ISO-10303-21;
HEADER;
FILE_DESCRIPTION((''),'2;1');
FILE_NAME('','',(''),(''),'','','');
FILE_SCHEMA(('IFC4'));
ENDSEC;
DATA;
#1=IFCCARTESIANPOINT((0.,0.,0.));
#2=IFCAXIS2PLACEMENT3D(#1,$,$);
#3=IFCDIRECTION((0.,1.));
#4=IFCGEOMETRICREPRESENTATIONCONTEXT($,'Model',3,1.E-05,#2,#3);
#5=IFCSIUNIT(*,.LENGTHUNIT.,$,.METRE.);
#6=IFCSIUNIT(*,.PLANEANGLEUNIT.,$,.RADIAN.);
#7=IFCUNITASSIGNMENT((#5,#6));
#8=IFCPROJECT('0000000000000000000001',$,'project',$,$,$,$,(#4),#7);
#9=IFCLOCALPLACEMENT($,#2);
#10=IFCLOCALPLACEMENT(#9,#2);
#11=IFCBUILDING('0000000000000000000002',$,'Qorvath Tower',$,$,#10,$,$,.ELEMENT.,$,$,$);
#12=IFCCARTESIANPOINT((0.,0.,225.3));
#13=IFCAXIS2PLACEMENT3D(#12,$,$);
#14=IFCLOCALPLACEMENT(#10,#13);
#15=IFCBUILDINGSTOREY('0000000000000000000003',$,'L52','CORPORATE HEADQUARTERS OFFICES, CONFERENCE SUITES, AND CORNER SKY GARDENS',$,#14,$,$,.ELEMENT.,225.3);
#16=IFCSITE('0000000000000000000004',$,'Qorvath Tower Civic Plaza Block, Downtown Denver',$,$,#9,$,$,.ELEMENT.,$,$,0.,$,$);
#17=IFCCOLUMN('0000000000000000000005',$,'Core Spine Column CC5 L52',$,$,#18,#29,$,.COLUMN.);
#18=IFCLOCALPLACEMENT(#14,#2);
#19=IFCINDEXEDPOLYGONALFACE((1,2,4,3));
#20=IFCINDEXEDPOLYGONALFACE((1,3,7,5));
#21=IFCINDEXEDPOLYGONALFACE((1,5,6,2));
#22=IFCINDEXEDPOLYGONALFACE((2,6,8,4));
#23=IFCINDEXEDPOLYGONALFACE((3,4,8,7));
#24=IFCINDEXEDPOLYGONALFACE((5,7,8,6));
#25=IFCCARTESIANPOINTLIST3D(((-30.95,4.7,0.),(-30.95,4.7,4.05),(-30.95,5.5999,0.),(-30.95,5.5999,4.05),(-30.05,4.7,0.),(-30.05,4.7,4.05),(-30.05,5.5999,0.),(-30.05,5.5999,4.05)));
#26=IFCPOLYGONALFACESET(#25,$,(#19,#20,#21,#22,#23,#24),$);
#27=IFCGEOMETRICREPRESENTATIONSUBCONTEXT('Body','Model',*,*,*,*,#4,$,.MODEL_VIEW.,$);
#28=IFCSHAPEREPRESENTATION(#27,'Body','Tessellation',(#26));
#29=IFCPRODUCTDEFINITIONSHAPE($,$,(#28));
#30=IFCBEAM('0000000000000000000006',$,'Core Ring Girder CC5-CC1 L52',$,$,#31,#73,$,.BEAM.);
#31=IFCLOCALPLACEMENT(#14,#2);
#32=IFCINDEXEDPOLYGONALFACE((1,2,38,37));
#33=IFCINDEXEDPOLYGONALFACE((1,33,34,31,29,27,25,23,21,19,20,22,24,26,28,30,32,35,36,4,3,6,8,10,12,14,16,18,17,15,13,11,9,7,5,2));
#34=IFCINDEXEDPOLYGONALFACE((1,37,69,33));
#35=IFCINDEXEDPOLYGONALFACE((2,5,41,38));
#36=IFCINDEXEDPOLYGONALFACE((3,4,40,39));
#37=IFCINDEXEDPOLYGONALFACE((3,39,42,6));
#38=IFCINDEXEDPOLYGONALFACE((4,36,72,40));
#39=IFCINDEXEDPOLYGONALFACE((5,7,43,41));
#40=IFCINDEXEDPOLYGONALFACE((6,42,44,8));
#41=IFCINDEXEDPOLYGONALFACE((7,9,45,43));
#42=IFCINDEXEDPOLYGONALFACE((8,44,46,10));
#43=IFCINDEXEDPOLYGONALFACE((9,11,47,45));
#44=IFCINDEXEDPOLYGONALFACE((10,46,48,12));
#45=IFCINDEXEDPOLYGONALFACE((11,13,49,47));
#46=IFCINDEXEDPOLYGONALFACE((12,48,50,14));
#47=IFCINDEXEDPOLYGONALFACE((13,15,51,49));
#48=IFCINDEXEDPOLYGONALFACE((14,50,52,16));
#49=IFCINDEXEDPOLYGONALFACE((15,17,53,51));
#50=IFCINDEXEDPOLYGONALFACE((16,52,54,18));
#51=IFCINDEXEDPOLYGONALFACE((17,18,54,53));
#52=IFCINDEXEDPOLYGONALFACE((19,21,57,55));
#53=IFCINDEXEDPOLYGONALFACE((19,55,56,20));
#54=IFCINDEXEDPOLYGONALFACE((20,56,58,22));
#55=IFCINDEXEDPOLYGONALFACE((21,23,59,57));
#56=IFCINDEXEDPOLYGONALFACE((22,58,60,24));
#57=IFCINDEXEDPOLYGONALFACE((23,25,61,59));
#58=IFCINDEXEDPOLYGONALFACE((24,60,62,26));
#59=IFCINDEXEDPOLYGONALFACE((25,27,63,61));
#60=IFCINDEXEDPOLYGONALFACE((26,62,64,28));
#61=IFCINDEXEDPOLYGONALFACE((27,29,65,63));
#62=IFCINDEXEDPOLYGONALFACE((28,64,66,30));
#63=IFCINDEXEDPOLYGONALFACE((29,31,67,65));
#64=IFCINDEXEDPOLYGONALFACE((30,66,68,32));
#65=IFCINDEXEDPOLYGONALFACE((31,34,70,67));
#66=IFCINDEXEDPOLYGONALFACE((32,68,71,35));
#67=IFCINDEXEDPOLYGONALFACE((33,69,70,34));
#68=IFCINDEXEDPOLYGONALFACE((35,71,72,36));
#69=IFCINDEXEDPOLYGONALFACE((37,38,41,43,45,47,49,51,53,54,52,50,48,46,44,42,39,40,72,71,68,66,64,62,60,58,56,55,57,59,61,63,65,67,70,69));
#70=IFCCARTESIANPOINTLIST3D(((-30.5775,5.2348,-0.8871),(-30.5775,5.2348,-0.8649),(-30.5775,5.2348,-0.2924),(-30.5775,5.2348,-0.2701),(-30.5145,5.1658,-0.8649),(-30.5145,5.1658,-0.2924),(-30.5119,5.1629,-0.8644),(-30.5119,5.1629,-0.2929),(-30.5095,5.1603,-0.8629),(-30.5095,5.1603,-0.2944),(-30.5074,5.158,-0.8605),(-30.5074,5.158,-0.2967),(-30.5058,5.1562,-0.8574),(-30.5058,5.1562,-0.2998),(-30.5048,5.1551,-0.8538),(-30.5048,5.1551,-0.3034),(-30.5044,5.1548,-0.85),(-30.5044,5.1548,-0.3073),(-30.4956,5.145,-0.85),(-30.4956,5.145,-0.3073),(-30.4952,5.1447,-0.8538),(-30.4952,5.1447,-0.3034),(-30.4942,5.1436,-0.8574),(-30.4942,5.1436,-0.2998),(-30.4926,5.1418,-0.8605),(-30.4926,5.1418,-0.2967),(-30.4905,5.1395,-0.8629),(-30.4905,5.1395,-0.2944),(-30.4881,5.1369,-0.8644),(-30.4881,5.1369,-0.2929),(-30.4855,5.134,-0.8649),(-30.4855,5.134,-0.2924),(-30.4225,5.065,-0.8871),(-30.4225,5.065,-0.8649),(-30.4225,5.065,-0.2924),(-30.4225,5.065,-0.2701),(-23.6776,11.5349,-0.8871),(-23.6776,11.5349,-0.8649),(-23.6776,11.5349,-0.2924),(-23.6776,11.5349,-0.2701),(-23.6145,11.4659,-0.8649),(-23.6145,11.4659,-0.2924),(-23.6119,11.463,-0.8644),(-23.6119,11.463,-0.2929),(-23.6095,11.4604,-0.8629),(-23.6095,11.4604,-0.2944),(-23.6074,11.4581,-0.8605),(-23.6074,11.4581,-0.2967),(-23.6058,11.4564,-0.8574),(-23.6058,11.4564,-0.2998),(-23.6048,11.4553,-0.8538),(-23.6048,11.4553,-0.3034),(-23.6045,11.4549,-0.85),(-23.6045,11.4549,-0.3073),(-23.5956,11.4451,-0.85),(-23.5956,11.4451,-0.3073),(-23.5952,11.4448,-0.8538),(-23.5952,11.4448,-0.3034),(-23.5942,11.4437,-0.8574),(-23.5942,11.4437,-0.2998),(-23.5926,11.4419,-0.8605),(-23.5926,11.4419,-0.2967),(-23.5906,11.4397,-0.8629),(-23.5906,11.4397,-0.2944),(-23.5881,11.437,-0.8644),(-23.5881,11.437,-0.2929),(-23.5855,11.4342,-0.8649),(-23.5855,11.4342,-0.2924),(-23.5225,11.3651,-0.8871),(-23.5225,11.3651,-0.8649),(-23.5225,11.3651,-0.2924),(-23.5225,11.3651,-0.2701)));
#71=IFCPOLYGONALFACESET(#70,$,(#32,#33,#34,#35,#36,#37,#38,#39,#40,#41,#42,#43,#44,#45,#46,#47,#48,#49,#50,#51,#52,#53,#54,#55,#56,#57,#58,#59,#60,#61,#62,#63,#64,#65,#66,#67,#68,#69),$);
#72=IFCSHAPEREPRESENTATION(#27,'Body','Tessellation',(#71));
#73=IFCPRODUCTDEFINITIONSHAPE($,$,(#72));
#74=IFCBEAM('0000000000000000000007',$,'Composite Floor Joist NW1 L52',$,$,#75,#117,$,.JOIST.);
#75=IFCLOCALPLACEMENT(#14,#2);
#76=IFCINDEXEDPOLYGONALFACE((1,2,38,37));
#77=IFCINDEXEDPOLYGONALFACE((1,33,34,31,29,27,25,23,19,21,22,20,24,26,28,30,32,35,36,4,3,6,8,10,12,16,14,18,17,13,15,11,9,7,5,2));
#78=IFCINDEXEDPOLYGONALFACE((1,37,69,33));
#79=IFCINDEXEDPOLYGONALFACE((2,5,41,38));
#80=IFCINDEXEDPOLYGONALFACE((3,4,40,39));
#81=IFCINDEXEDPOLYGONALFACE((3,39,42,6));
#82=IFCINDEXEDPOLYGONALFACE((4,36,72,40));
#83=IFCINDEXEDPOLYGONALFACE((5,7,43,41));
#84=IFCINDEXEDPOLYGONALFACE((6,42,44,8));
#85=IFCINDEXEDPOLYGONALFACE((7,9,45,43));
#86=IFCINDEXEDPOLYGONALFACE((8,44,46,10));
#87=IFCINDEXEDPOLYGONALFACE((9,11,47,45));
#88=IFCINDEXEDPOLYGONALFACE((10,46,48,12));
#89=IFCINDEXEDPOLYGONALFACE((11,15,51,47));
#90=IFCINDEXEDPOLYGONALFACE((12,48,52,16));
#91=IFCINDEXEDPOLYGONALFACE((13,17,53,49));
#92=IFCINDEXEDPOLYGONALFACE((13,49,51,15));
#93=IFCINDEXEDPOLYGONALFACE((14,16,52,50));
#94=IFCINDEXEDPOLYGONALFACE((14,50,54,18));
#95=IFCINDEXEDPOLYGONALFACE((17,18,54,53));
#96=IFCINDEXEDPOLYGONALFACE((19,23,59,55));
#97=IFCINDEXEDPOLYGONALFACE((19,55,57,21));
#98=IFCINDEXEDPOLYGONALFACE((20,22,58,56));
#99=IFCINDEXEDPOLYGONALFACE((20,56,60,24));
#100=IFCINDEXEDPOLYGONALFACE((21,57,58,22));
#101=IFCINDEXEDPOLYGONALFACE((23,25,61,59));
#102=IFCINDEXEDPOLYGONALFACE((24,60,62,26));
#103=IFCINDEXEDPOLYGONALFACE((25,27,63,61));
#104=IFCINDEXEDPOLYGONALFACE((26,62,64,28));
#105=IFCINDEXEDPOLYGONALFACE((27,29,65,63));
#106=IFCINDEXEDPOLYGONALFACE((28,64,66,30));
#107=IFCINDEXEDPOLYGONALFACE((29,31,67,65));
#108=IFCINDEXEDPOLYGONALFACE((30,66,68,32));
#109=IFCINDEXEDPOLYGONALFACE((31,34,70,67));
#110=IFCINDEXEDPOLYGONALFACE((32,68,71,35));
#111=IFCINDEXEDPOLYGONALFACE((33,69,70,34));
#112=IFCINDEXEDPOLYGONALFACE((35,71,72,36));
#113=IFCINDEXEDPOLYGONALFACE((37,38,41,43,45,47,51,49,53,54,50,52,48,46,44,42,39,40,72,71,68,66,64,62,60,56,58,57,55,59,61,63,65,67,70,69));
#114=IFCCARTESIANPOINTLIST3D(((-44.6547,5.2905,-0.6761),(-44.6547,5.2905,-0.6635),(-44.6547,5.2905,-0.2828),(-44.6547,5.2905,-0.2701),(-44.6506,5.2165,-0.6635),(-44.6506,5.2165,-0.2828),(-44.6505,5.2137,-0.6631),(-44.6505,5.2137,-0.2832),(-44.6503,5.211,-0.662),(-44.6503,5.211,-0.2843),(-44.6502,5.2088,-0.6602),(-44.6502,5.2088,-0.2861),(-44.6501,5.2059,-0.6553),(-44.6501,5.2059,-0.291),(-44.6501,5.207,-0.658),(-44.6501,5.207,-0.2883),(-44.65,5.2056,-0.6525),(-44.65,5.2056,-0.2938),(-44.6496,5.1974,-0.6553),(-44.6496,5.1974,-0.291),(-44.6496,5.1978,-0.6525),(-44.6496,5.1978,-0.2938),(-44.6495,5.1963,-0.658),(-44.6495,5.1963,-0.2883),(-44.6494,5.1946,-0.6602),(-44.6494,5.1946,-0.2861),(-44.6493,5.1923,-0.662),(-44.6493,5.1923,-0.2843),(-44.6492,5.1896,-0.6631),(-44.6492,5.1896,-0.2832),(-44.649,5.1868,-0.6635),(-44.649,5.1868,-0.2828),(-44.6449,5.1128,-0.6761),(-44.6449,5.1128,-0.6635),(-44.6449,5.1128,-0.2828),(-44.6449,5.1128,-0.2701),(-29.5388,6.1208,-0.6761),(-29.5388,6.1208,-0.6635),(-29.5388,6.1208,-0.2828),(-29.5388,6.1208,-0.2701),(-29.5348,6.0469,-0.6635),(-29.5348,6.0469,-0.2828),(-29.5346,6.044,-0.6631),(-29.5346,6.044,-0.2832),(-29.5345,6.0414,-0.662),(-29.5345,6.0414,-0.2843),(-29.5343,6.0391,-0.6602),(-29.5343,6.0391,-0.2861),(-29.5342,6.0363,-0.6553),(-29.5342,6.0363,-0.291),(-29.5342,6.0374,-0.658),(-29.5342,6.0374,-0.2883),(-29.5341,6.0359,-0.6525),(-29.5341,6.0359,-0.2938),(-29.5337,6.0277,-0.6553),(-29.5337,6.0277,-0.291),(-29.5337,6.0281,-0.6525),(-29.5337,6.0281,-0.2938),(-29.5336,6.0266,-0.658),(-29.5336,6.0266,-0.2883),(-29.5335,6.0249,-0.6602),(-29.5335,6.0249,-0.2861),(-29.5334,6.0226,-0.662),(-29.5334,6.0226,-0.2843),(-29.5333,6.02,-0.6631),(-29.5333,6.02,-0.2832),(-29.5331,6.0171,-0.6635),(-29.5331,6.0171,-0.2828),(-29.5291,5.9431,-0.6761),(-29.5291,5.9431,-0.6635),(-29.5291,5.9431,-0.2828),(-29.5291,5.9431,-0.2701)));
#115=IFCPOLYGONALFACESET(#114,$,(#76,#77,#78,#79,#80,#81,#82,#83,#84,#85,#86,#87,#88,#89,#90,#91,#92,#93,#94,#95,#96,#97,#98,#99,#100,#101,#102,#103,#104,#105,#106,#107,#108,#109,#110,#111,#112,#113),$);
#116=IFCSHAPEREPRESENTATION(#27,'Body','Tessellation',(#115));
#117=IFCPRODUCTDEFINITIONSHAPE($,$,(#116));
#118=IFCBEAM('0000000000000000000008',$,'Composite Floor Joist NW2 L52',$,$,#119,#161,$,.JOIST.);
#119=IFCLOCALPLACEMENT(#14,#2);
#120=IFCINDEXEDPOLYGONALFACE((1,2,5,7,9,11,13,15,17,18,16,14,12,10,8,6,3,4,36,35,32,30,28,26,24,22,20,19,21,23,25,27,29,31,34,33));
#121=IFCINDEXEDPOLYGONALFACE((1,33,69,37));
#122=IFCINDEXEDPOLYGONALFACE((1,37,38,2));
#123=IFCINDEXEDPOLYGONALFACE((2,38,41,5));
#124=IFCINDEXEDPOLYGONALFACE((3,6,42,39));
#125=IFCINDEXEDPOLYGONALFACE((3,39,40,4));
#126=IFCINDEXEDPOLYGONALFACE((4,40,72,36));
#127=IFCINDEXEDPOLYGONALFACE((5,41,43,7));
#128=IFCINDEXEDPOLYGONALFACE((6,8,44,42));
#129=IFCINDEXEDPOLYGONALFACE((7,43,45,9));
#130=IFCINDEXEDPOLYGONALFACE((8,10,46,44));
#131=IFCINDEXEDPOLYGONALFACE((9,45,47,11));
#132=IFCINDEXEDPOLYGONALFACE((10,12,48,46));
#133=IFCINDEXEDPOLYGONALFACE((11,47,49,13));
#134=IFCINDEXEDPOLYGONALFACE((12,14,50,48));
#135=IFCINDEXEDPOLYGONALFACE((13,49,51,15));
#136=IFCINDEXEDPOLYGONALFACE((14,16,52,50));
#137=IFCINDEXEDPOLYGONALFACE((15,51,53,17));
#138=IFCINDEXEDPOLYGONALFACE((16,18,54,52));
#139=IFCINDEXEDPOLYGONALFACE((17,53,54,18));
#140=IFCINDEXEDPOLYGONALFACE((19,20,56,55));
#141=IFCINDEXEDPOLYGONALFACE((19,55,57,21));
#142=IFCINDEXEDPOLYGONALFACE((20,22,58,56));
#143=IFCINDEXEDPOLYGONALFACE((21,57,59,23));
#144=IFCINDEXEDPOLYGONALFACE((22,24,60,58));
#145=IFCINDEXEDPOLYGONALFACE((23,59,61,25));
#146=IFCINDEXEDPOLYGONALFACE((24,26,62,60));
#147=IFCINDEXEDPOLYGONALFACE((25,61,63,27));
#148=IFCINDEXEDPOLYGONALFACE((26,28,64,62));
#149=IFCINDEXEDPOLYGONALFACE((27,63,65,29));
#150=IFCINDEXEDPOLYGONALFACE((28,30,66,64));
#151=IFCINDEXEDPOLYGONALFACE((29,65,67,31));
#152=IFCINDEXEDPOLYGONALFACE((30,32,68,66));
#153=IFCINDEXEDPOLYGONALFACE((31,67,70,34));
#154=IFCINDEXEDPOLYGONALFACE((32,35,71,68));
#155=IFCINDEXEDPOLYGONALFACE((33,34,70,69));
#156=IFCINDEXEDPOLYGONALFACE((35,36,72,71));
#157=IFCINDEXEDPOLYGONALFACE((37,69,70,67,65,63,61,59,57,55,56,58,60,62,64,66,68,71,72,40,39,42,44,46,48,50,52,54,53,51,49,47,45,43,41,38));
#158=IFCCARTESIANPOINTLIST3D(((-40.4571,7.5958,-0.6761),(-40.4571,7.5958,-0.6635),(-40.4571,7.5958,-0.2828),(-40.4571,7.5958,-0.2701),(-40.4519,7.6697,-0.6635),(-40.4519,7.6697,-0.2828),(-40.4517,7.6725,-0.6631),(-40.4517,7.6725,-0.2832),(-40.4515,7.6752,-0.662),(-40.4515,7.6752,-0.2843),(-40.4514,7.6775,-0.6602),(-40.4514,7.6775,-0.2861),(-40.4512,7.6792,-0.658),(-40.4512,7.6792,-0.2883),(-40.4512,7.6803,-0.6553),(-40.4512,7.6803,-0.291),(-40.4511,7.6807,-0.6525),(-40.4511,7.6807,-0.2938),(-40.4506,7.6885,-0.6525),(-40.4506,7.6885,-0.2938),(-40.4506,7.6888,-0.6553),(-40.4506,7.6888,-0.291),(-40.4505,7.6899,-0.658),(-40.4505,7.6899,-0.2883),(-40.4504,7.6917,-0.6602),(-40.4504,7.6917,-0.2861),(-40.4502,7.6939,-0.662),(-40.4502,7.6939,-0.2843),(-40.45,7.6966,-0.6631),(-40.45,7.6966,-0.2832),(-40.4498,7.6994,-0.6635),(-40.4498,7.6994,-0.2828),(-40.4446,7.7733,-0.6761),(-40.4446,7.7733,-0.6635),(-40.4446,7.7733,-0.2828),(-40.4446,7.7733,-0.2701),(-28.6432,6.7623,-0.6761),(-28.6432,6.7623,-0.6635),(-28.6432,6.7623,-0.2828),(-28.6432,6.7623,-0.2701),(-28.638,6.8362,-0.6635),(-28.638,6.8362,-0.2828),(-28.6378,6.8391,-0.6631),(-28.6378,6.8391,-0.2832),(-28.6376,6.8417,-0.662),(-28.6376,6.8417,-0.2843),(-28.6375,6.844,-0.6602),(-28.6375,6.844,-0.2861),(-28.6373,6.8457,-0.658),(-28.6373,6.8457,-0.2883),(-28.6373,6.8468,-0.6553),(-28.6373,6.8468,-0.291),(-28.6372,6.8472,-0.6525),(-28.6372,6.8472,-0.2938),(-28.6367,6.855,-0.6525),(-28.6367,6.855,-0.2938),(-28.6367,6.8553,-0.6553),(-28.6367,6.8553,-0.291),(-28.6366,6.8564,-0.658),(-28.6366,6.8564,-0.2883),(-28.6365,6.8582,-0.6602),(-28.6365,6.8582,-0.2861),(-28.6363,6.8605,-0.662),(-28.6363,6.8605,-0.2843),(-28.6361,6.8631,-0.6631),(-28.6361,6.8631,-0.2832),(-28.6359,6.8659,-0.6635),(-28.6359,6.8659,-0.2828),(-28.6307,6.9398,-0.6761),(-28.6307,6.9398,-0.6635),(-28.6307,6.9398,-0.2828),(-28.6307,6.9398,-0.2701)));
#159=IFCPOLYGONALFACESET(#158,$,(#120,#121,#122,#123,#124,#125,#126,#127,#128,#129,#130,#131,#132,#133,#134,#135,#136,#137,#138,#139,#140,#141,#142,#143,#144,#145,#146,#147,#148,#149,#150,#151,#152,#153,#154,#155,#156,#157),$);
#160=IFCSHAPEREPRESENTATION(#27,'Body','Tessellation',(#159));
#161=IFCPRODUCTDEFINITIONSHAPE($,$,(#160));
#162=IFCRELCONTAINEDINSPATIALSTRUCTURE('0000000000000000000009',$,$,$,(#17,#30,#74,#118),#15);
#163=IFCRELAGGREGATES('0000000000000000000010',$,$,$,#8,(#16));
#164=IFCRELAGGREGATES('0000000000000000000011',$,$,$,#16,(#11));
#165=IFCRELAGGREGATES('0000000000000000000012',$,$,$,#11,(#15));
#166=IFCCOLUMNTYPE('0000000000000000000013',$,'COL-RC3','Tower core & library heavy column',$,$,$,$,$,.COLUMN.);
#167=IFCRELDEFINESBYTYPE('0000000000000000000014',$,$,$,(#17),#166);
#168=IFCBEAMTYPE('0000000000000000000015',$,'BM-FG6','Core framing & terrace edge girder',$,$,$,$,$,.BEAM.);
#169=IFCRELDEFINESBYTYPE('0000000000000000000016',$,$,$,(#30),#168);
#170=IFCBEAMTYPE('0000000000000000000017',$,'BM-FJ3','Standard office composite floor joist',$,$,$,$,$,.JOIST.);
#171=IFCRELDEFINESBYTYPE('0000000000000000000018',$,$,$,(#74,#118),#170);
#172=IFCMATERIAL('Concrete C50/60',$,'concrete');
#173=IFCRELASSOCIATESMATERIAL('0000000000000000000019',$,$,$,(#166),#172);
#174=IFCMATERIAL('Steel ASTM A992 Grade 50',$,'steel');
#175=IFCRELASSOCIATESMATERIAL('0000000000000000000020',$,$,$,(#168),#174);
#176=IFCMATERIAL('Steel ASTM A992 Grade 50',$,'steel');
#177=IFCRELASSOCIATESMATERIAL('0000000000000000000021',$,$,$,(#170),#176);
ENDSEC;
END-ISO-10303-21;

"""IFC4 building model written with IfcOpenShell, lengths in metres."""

from ifc_helpers import new_model, si_unit, direction, frame, origin, origin_2d, place, context, subcontext, project, spatial, rectangle, i_section, extrude, material, material_profile, profile_set, type_object, element, save


model = new_model("IFC4")

# Units and contexts
model_context = context("Model", 3, precision=1e-05, world=origin(), true_north=direction((0.0, 1.0)))
body_context = subcontext(model_context, "Body", "Model", "MODEL_VIEW")
ifc_project = project(units=[si_unit("LENGTHUNIT", "METRE"), si_unit("PLANEANGLEUNIT", "RADIAN")], contexts=[model_context])

# Site, building, storey
site_placement = place(None, origin())
site = spatial("IfcSite", under=ifc_project, at=site_placement, Name="Qorvath Tower Civic Plaza Block, Downtown Denver", CompositionType="ELEMENT", RefElevation=0.0)
building_placement = place(site_placement, origin())
building = spatial("IfcBuilding", under=site, at=building_placement, Name="Qorvath Tower", CompositionType="ELEMENT")
storey_placement = place(building_placement, frame((0.0, 0.0, 225.3)))
storey = spatial("IfcBuildingStorey", under=building, at=storey_placement, Name="L52", Description="CORPORATE HEADQUARTERS OFFICES, CONFERENCE SUITES, AND CORNER SKY GARDENS", CompositionType="ELEMENT", Elevation=225.3)

# Column
ifc_material_1 = material(Name="Concrete C50/60", Category="concrete")
ifc_material_profile_1 = material_profile(ifc_material_1, rectangle(XDim=0.8999, YDim=0.8999, at=origin_2d()), Name="RC 900x900")
ifc_profile_set_1 = profile_set([ifc_material_profile_1], Name="Concrete C50/60")
column_type = type_object("IfcColumnType", Name="COL-RC3", Description="Tower core & library heavy column", PredefinedType="COLUMN", material=ifc_profile_set_1)
column_placement = place(storey_placement, frame((-30.5, 5.1499, 0.0), z_axis=(0.0, 0.0, 1.0), x_axis=(1.0, 0.0, 0.0)))
element("IfcColumn", 1, at=column_placement, inside=storey, type_object=column_type, Name="Core Spine Column CC5 L52", PredefinedType="COLUMN", context=body_context, shape_type="SweptSolid", body=[
    extrude(rectangle(XDim=0.8999, YDim=0.8999, at=origin_2d()), origin(), (0.0, 0.0, 1.0), 4.05),
])

# Beams
ifc_material_2 = material(Name="Steel ASTM A992 Grade 50", Category="steel")
ifc_material_profile_2 = material_profile(ifc_material_2, i_section(OverallWidth=0.23, OverallDepth=0.6169, WebThickness=0.0132, FlangeThickness=0.0222, FilletRadius=0.0149, at=origin_2d()), Name="W24x94")
ifc_profile_set_2 = profile_set([ifc_material_profile_2], Name="Steel ASTM A992 Grade 50")
beam_type_1 = type_object("IfcBeamType", Name="BM-FG6", Description="Core framing & terrace edge girder", PredefinedType="BEAM", material=ifc_profile_set_2)
beam_1_placement = place(storey_placement, frame((-30.5, 5.1499, -0.5786), z_axis=(0.738478, 0.674277, 0.0), x_axis=(-0.674277, 0.738478, 0.0)))
element("IfcBeam", 2, at=beam_1_placement, inside=storey, type_object=beam_type_1, Name="Core Ring Girder CC5-CC1 L52", PredefinedType="BEAM", context=body_context, shape_type="SweptSolid", body=[
    extrude(i_section(OverallWidth=0.23, OverallDepth=0.6169, WebThickness=0.0132, FlangeThickness=0.0222, FilletRadius=0.0149, at=origin_2d()), origin(), (0.0, 0.0, 1.0), 9.3435),
])
ifc_material_3 = material(Name="Steel ASTM A992 Grade 50", Category="steel")
ifc_material_profile_3 = material_profile(ifc_material_3, i_section(OverallWidth=0.178, OverallDepth=0.406, WebThickness=0.0078, FlangeThickness=0.0127, FilletRadius=0.011, at=origin_2d()), Name="W16x40")
ifc_profile_set_3 = profile_set([ifc_material_profile_3], Name="Steel ASTM A992 Grade 50")
beam_type_2 = type_object("IfcBeamType", Name="BM-FJ3", Description="Standard office composite floor joist", PredefinedType="JOIST", material=ifc_profile_set_3)
beam_2_placement = place(storey_placement, frame((-29.5339, 6.032, -0.4731), z_axis=(-0.998495, -0.054847, 0.0), x_axis=(0.054847, -0.998495, 0.0)))
element("IfcBeam", 3, at=beam_2_placement, inside=storey, type_object=beam_type_2, Name="Composite Floor Joist NW1 L52", PredefinedType="JOIST", context=body_context, shape_type="SweptSolid", body=[
    extrude(i_section(OverallWidth=0.178, OverallDepth=0.406, WebThickness=0.0078, FlangeThickness=0.0127, FilletRadius=0.011, at=origin_2d()), origin(), (0.0, 0.0, 1.0), 15.1387),
])
beam_3_placement = place(storey_placement, frame((-28.637, 6.8511, -0.4731), z_axis=(-0.99752, 0.070377, 0.0), x_axis=(-0.070377, -0.99752, 0.0)))
element("IfcBeam", 4, at=beam_3_placement, inside=storey, type_object=beam_type_2, Name="Composite Floor Joist NW2 L52", PredefinedType="JOIST", context=body_context, shape_type="SweptSolid", body=[
    extrude(i_section(OverallWidth=0.178, OverallDepth=0.406, WebThickness=0.0078, FlangeThickness=0.0127, FilletRadius=0.011, at=origin_2d()), origin(), (0.0, 0.0, 1.0), 11.8433),
])

save(model, "model.ifc")
